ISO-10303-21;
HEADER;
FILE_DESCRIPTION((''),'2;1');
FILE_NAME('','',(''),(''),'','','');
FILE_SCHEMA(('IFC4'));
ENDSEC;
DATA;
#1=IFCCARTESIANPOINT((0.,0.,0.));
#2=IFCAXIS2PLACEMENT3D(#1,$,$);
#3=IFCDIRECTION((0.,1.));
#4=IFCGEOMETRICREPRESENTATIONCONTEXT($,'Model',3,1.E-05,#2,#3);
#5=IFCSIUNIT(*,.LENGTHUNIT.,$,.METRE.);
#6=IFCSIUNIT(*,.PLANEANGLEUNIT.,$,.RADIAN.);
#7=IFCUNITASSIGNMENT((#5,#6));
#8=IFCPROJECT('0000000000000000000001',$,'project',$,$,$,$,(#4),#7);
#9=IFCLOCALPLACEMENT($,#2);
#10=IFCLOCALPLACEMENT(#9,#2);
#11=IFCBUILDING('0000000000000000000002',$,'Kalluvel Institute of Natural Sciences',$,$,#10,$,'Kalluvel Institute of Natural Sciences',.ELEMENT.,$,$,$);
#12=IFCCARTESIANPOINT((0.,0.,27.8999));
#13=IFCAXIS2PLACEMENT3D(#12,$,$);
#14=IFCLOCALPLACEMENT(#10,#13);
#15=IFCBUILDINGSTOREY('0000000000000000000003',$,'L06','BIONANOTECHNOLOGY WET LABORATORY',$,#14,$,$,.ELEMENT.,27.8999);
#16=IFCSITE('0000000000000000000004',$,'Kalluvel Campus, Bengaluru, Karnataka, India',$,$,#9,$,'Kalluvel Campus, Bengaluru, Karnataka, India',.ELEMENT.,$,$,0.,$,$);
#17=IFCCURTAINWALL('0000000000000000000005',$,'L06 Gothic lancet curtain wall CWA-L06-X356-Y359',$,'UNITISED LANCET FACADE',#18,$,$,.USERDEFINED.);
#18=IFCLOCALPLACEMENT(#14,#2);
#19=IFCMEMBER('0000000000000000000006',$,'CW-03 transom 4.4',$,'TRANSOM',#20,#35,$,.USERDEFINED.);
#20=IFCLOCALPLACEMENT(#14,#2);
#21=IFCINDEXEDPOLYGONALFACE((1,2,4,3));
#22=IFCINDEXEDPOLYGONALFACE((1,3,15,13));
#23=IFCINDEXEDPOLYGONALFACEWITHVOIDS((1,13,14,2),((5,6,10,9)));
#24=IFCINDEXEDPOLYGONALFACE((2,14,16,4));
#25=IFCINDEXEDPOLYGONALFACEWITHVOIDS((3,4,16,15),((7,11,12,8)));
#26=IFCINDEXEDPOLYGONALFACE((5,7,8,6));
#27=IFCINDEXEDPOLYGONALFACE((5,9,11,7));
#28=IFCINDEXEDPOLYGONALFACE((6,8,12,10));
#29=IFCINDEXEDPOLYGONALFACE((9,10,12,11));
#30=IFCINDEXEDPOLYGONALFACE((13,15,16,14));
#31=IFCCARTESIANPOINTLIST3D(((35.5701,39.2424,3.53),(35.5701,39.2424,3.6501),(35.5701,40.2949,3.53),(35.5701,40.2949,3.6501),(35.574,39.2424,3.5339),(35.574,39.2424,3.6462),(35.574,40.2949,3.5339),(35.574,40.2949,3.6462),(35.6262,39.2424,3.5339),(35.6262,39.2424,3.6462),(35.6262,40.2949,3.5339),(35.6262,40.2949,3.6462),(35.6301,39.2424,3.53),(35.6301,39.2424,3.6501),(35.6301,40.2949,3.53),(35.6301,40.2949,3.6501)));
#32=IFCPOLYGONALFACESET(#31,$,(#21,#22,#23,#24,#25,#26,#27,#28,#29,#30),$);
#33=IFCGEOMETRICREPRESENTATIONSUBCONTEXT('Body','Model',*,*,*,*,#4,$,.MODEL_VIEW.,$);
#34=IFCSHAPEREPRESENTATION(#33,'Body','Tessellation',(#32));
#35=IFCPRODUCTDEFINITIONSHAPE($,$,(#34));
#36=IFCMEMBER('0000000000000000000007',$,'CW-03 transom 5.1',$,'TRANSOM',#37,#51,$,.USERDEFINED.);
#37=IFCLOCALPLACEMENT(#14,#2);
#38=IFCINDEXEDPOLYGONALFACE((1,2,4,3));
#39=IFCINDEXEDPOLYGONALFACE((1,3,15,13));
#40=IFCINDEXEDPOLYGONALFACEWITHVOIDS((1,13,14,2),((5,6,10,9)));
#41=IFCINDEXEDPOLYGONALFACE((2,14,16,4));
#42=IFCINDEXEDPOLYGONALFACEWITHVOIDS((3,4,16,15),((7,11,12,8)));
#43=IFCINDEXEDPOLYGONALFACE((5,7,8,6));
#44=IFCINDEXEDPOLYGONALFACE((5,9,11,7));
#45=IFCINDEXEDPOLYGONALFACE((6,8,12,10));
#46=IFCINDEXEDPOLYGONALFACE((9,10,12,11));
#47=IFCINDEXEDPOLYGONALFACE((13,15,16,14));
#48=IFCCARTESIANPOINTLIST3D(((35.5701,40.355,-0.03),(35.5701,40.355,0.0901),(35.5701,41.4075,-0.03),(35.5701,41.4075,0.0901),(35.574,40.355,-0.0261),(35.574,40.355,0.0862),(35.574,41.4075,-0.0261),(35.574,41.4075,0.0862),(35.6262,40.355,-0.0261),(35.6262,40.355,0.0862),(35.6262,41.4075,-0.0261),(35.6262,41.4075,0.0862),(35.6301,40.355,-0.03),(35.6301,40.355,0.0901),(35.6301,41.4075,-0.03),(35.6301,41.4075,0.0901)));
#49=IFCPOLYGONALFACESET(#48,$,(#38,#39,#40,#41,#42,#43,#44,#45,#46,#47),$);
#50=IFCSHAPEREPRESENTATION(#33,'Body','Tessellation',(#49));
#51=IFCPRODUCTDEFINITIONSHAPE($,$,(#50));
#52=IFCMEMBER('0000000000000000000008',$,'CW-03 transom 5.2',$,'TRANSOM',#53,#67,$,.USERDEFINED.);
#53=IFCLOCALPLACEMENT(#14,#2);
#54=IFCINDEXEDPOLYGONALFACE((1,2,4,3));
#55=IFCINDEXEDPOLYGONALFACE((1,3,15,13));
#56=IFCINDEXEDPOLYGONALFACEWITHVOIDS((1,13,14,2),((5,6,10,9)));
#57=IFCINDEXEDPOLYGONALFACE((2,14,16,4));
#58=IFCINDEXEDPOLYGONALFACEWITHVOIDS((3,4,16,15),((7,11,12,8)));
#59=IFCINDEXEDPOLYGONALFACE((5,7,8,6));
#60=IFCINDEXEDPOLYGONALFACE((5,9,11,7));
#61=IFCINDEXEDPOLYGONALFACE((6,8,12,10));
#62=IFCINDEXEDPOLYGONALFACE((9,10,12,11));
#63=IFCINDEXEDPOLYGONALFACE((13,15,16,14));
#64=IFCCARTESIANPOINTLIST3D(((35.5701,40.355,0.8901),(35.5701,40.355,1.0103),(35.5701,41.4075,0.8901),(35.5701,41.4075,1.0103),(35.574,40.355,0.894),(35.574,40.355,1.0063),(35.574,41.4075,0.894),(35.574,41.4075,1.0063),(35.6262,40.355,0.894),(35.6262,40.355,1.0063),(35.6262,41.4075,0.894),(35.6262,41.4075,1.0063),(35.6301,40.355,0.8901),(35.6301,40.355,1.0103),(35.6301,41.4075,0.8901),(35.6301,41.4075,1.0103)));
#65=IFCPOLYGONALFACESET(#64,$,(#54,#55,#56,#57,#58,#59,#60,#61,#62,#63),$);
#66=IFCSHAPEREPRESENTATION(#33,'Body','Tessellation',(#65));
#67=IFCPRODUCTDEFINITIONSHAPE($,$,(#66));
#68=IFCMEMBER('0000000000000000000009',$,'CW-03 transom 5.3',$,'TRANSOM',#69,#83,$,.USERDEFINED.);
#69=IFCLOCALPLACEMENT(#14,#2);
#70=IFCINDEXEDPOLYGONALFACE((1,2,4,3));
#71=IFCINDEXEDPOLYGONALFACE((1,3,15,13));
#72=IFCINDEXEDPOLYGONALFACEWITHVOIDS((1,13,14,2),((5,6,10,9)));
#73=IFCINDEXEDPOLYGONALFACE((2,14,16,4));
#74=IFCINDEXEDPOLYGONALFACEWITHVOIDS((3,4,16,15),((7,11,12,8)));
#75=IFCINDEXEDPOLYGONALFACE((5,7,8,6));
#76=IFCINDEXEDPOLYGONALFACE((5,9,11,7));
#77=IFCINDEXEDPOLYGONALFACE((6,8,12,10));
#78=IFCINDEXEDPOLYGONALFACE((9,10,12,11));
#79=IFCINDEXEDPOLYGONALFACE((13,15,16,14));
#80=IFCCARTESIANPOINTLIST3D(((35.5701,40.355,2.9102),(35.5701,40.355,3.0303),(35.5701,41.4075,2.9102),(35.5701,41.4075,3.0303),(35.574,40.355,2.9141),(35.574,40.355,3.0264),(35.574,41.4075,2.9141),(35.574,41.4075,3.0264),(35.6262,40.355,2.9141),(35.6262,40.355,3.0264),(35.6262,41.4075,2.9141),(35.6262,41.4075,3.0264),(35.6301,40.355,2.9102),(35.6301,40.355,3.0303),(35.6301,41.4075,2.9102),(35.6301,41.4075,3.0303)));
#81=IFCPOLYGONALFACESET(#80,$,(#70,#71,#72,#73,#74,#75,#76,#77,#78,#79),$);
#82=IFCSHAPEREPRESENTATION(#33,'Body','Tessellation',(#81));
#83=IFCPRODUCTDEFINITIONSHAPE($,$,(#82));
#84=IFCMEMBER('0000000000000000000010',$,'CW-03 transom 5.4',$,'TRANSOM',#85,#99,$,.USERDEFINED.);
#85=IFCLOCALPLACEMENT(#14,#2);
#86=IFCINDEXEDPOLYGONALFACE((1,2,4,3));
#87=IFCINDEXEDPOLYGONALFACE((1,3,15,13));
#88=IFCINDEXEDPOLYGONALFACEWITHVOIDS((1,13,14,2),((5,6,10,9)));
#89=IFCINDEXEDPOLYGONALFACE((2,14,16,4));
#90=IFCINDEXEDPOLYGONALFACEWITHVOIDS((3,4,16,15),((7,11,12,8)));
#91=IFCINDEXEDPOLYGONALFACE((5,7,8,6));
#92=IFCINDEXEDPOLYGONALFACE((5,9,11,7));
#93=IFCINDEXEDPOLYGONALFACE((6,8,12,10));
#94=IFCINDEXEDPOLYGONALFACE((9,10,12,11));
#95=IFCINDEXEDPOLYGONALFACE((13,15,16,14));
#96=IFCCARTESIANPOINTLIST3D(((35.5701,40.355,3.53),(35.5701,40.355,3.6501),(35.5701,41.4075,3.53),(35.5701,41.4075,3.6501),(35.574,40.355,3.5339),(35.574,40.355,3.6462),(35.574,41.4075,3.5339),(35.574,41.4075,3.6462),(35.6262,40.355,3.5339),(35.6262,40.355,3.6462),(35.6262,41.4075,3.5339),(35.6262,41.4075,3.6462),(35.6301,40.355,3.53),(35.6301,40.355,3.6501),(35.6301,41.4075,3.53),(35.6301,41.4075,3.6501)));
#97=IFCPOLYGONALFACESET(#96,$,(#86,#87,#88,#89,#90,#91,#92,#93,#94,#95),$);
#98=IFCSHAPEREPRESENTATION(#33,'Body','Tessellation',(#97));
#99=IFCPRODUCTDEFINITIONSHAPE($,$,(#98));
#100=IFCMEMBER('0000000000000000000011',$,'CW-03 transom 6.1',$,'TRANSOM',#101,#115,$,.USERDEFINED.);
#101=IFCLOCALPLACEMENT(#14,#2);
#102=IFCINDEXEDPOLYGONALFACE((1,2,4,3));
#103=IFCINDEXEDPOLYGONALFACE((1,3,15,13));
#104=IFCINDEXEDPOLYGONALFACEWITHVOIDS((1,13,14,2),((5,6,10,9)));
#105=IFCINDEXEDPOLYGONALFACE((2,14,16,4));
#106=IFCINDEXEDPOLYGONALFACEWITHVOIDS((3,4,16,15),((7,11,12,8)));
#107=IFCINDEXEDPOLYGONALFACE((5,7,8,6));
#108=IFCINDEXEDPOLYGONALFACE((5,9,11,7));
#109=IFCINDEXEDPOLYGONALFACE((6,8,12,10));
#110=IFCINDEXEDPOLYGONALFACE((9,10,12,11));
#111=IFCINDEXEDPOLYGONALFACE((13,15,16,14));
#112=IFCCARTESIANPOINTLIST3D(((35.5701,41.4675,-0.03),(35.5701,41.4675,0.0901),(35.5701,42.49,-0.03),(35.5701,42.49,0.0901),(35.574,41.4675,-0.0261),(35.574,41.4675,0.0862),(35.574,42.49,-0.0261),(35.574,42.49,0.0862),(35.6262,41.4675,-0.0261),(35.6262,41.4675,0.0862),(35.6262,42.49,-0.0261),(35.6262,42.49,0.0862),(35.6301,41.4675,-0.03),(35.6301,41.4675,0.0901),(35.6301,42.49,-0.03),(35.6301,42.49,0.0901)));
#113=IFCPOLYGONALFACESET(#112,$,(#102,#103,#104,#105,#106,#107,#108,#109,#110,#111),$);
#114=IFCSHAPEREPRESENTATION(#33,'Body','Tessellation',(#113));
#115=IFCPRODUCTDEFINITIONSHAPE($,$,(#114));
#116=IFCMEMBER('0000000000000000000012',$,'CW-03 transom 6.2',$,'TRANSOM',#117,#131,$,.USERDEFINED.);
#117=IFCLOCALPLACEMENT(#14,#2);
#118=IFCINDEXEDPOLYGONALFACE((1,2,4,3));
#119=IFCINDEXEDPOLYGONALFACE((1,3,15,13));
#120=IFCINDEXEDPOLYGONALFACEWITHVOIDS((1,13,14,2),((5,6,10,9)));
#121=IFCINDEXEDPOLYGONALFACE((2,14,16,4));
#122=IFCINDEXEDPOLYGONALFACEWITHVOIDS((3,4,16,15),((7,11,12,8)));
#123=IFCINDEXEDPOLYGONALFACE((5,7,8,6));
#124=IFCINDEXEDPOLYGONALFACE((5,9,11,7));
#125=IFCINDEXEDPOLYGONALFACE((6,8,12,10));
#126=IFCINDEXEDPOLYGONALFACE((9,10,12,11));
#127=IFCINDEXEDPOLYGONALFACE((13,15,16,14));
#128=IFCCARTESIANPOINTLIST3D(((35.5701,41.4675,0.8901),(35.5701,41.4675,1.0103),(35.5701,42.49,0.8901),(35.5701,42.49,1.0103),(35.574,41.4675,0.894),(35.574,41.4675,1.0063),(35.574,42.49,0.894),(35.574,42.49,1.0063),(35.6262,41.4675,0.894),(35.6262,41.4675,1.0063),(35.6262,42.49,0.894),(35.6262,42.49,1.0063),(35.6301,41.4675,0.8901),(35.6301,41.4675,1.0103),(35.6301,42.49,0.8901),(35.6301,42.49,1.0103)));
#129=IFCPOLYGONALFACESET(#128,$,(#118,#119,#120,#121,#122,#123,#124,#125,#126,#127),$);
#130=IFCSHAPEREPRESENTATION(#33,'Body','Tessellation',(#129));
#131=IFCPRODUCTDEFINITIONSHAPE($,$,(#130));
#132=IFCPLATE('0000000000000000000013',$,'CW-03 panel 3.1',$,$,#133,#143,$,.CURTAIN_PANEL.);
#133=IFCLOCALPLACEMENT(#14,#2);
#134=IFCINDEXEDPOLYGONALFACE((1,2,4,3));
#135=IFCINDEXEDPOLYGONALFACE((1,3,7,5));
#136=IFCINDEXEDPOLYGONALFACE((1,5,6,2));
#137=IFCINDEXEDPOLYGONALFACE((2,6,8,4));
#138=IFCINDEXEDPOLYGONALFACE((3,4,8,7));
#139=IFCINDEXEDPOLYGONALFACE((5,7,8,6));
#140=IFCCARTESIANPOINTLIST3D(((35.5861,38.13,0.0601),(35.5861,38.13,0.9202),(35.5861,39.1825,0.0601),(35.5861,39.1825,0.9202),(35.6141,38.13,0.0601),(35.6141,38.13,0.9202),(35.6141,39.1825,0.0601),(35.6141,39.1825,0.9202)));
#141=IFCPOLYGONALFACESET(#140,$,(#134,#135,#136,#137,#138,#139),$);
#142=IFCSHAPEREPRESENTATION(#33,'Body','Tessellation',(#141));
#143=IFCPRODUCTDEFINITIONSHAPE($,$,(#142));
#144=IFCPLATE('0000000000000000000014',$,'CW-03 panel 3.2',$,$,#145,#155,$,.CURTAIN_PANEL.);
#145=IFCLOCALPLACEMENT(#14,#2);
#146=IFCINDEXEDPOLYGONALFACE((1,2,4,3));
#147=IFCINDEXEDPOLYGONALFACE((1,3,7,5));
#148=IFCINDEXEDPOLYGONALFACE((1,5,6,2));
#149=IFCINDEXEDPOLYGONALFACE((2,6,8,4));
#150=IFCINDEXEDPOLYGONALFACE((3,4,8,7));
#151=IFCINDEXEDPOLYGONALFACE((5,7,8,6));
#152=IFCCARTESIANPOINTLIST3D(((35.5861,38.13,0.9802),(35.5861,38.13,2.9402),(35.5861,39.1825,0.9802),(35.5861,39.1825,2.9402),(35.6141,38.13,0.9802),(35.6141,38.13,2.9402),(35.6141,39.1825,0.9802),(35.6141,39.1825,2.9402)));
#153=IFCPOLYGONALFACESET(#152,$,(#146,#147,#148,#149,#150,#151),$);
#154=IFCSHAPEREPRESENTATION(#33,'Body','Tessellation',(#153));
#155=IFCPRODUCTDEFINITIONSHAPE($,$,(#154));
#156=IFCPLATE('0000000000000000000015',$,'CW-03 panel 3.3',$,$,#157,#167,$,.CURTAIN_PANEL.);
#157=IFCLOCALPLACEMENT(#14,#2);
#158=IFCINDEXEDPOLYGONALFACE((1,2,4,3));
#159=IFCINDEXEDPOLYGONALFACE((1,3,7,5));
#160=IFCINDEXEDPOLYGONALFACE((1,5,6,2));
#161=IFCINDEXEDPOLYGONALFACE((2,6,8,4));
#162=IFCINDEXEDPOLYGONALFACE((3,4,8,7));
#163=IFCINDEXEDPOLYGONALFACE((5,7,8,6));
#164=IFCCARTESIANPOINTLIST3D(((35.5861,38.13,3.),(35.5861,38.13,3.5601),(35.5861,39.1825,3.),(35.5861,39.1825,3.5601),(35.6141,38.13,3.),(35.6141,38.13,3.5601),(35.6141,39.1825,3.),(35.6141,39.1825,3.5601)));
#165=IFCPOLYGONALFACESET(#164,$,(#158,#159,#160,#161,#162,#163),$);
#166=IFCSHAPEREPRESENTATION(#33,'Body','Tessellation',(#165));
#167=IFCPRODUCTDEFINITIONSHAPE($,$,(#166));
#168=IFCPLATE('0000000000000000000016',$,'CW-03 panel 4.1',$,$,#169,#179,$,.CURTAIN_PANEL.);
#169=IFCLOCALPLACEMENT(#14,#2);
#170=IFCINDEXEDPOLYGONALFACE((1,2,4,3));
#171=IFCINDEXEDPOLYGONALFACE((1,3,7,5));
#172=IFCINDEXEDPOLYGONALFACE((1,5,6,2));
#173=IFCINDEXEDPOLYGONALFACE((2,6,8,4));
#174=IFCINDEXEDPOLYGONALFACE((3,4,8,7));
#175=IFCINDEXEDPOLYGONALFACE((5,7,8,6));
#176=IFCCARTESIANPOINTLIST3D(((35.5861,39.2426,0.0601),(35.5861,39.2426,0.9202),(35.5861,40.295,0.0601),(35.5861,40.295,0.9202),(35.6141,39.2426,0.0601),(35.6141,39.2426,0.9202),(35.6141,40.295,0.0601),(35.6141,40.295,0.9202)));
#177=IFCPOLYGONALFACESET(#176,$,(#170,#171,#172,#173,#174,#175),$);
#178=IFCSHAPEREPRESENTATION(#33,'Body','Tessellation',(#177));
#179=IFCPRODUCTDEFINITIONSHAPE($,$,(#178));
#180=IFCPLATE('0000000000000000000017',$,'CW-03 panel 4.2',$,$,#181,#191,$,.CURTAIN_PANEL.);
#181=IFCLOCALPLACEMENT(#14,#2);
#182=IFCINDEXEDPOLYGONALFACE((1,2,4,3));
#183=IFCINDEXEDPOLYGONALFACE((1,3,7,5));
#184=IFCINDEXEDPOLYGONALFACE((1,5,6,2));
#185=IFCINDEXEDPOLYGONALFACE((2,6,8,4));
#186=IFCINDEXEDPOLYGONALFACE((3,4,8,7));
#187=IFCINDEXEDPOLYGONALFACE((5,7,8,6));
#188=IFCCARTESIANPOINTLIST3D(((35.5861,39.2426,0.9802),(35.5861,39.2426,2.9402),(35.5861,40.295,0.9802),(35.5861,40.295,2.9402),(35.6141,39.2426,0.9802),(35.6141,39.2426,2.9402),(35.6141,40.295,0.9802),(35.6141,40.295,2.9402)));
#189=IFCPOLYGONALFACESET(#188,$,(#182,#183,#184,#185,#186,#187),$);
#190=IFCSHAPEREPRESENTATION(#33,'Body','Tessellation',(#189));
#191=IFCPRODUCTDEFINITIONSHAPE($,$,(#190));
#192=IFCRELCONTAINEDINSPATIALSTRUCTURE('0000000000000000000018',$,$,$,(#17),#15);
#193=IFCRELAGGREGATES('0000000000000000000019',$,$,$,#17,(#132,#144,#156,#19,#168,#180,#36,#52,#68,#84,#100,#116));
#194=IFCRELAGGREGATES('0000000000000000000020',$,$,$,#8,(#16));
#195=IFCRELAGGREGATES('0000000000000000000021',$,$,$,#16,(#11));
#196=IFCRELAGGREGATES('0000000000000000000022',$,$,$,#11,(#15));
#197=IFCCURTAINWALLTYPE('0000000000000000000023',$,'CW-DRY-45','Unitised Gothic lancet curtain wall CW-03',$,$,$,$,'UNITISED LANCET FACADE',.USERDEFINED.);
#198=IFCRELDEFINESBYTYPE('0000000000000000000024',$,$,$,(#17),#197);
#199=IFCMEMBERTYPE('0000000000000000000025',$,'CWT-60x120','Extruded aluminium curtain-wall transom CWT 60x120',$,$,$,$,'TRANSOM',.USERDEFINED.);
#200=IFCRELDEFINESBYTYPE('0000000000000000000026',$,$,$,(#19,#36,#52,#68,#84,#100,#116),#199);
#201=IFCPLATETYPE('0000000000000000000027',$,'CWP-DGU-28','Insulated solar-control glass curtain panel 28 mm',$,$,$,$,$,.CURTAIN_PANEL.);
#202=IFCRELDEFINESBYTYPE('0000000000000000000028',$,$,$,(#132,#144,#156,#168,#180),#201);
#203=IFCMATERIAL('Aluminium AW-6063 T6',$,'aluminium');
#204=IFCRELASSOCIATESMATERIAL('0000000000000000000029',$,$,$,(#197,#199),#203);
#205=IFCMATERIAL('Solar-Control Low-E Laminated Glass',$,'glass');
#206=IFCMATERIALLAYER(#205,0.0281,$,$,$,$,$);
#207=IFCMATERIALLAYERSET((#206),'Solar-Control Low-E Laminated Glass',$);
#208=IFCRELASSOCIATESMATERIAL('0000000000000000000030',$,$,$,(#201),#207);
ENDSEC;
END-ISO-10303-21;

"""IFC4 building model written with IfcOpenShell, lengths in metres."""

from ifc_helpers import new_model, si_unit, direction, frame, origin, origin_2d, place, context, subcontext, project, spatial, rectangle, hollow_rectangle, extrude, material, layer, layer_set, material_profile, profile_set, type_object, element, aggregate, save


model = new_model("IFC4")

# Units and contexts
model_context = context("Model", 3, precision=1e-05, world=origin(), true_north=direction((0.0, 1.0)))
body_context = subcontext(model_context, "Body", "Model", "MODEL_VIEW")
ifc_project = project(units=[si_unit("LENGTHUNIT", "METRE"), si_unit("PLANEANGLEUNIT", "RADIAN")], contexts=[model_context])

# Site, building, storey
site_placement = place(None, origin())
site = spatial("IfcSite", under=ifc_project, at=site_placement, Name="Kalluvel Campus, Bengaluru, Karnataka, India", LongName="Kalluvel Campus, Bengaluru, Karnataka, India", CompositionType="ELEMENT", RefElevation=0.0)
building_placement = place(site_placement, origin())
building = spatial("IfcBuilding", under=site, at=building_placement, Name="Kalluvel Institute of Natural Sciences", LongName="Kalluvel Institute of Natural Sciences", CompositionType="ELEMENT")
storey_placement = place(building_placement, frame((0.0, 0.0, 27.8999)))
storey = spatial("IfcBuildingStorey", under=building, at=storey_placement, Name="L06", Description="BIONANOTECHNOLOGY WET LABORATORY", CompositionType="ELEMENT", Elevation=27.8999)

# Curtain wall, members, plates
ifc_material_1 = material(Name="Aluminium AW-6063 T6", Category="aluminium")
curtain_wall_type = type_object("IfcCurtainWallType", Name="CW-DRY-45", Description="Unitised Gothic lancet curtain wall CW-03", ElementType="UNITISED LANCET FACADE", PredefinedType="USERDEFINED", material=ifc_material_1)
curtain_wall_placement = place(storey_placement, origin())
curtain_wall = element("IfcCurtainWall", 1, at=curtain_wall_placement, inside=storey, type_object=curtain_wall_type, Name="L06 Gothic lancet curtain wall CWA-L06-X356-Y359", ObjectType="UNITISED LANCET FACADE", PredefinedType="USERDEFINED")
ifc_material_profile_1 = material_profile(ifc_material_1, hollow_rectangle(XDim=0.0601, YDim=0.1201, WallThickness=0.0039, at=origin_2d()), Name="CWT 60x120")
ifc_profile_set_1 = profile_set([ifc_material_profile_1], Name="Aluminium AW-6063 T6")
member_type_1 = type_object("IfcMemberType", Name="CWT-60x120", Description="Extruded aluminium curtain-wall transom CWT 60x120", ElementType="TRANSOM", PredefinedType="USERDEFINED", material=ifc_profile_set_1)
member_1_placement = place(storey_placement, frame((35.6001, 39.2424, 3.5901), z_axis=(0.0, 1.0, 0.0), x_axis=(-1.0, 0.0, 0.0)))
member_1 = element("IfcMember", 2, at=member_1_placement, type_object=member_type_1, Name="CW-03 transom 4.4", ObjectType="TRANSOM", PredefinedType="USERDEFINED", context=body_context, shape_type="SweptSolid", body=[
    extrude(hollow_rectangle(XDim=0.0601, YDim=0.1201, WallThickness=0.0039, at=origin_2d()), origin(), (0.0, 0.0, 1.0), 1.0525),
])
member_2_placement = place(storey_placement, frame((35.6001, 40.355, 0.03), z_axis=(0.0, 1.0, 0.0), x_axis=(-1.0, 0.0, 0.0)))
member_2 = element("IfcMember", 3, at=member_2_placement, type_object=member_type_1, Name="CW-03 transom 5.1", ObjectType="TRANSOM", PredefinedType="USERDEFINED", context=body_context, shape_type="SweptSolid", body=[
    extrude(hollow_rectangle(XDim=0.0601, YDim=0.1201, WallThickness=0.0039, at=origin_2d()), origin(), (0.0, 0.0, 1.0), 1.0525),
])
member_3_placement = place(storey_placement, frame((35.6001, 40.355, 0.9502), z_axis=(0.0, 1.0, 0.0), x_axis=(-1.0, 0.0, 0.0)))
member_3 = element("IfcMember", 4, at=member_3_placement, type_object=member_type_1, Name="CW-03 transom 5.2", ObjectType="TRANSOM", PredefinedType="USERDEFINED", context=body_context, shape_type="SweptSolid", body=[
    extrude(hollow_rectangle(XDim=0.0601, YDim=0.1201, WallThickness=0.0039, at=origin_2d()), origin(), (0.0, 0.0, 1.0), 1.0525),
])
member_4_placement = place(storey_placement, frame((35.6001, 40.355, 2.9702), z_axis=(0.0, 1.0, 0.0), x_axis=(-1.0, 0.0, 0.0)))
member_4 = element("IfcMember", 5, at=member_4_placement, type_object=member_type_1, Name="CW-03 transom 5.3", ObjectType="TRANSOM", PredefinedType="USERDEFINED", context=body_context, shape_type="SweptSolid", body=[
    extrude(hollow_rectangle(XDim=0.0601, YDim=0.1201, WallThickness=0.0039, at=origin_2d()), origin(), (0.0, 0.0, 1.0), 1.0525),
])
member_5_placement = place(storey_placement, frame((35.6001, 40.355, 3.5901), z_axis=(0.0, 1.0, 0.0), x_axis=(-1.0, 0.0, 0.0)))
member_5 = element("IfcMember", 6, at=member_5_placement, type_object=member_type_1, Name="CW-03 transom 5.4", ObjectType="TRANSOM", PredefinedType="USERDEFINED", context=body_context, shape_type="SweptSolid", body=[
    extrude(hollow_rectangle(XDim=0.0601, YDim=0.1201, WallThickness=0.0039, at=origin_2d()), origin(), (0.0, 0.0, 1.0), 1.0525),
])
member_6_placement = place(storey_placement, frame((35.6001, 41.4675, 0.03), z_axis=(0.0, 1.0, 0.0), x_axis=(-1.0, 0.0, 0.0)))
member_6 = element("IfcMember", 7, at=member_6_placement, type_object=member_type_1, Name="CW-03 transom 6.1", ObjectType="TRANSOM", PredefinedType="USERDEFINED", context=body_context, shape_type="SweptSolid", body=[
    extrude(hollow_rectangle(XDim=0.0601, YDim=0.1201, WallThickness=0.0039, at=origin_2d()), origin(), (0.0, 0.0, 1.0), 1.0225),
])
member_7_placement = place(storey_placement, frame((35.6001, 41.4675, 0.9502), z_axis=(0.0, 1.0, 0.0), x_axis=(-1.0, 0.0, 0.0)))
member_7 = element("IfcMember", 8, at=member_7_placement, type_object=member_type_1, Name="CW-03 transom 6.2", ObjectType="TRANSOM", PredefinedType="USERDEFINED", context=body_context, shape_type="SweptSolid", body=[
    extrude(hollow_rectangle(XDim=0.0601, YDim=0.1201, WallThickness=0.0039, at=origin_2d()), origin(), (0.0, 0.0, 1.0), 1.0225),
])
ifc_material_2 = material(Name="Solar-Control Low-E Laminated Glass", Category="glass")
ifc_layer = layer(ifc_material_2, 0.0281)
ifc_layer_set = layer_set([ifc_layer], Name="Solar-Control Low-E Laminated Glass")
plate_type = type_object("IfcPlateType", Name="CWP-DGU-28", Description="Insulated solar-control glass curtain panel 28 mm", PredefinedType="CURTAIN_PANEL", material=ifc_layer_set)
plate_1_placement = place(storey_placement, frame((35.6001, 38.6562, 0.0601), z_axis=(0.0, 0.0, 1.0), x_axis=(0.0, 1.0, 0.0)))
plate_1 = element("IfcPlate", 9, at=plate_1_placement, type_object=plate_type, Name="CW-03 panel 3.1", PredefinedType="CURTAIN_PANEL", context=body_context, shape_type="SweptSolid", body=[
    extrude(rectangle(XDim=1.0525, YDim=0.0281, at=origin_2d()), origin(), (0.0, 0.0, 1.0), 0.8601),
])
plate_2_placement = place(storey_placement, frame((35.6001, 38.6562, 0.9802), z_axis=(0.0, 0.0, 1.0), x_axis=(0.0, 1.0, 0.0)))
plate_2 = element("IfcPlate", 10, at=plate_2_placement, type_object=plate_type, Name="CW-03 panel 3.2", PredefinedType="CURTAIN_PANEL", context=body_context, shape_type="SweptSolid", body=[
    extrude(rectangle(XDim=1.0525, YDim=0.0281, at=origin_2d()), origin(), (0.0, 0.0, 1.0), 1.96),
])
plate_3_placement = place(storey_placement, frame((35.6001, 38.6562, 3.0), z_axis=(0.0, 0.0, 1.0), x_axis=(0.0, 1.0, 0.0)))
plate_3 = element("IfcPlate", 11, at=plate_3_placement, type_object=plate_type, Name="CW-03 panel 3.3", PredefinedType="CURTAIN_PANEL", context=body_context, shape_type="SweptSolid", body=[
    extrude(rectangle(XDim=1.0525, YDim=0.0281, at=origin_2d()), origin(), (0.0, 0.0, 1.0), 0.5601),
])
plate_4_placement = place(storey_placement, frame((35.6001, 39.7688, 0.0601), z_axis=(0.0, 0.0, 1.0), x_axis=(0.0, 1.0, 0.0)))
plate_4 = element("IfcPlate", 12, at=plate_4_placement, type_object=plate_type, Name="CW-03 panel 4.1", PredefinedType="CURTAIN_PANEL", context=body_context, shape_type="SweptSolid", body=[
    extrude(rectangle(XDim=1.0525, YDim=0.0281, at=origin_2d()), origin(), (0.0, 0.0, 1.0), 0.8601),
])
plate_5_placement = place(storey_placement, frame((35.6001, 39.7688, 0.9802), z_axis=(0.0, 0.0, 1.0), x_axis=(0.0, 1.0, 0.0)))
plate_5 = element("IfcPlate", 13, at=plate_5_placement, type_object=plate_type, Name="CW-03 panel 4.2", PredefinedType="CURTAIN_PANEL", context=body_context, shape_type="SweptSolid", body=[
    extrude(rectangle(XDim=1.0525, YDim=0.0281, at=origin_2d()), origin(), (0.0, 0.0, 1.0), 1.96),
])
aggregate(curtain_wall, [plate_1, plate_2, plate_3, member_1, plate_4, plate_5, member_2, member_3, member_4, member_5, member_6, member_7])

save(model, "model.ifc")
